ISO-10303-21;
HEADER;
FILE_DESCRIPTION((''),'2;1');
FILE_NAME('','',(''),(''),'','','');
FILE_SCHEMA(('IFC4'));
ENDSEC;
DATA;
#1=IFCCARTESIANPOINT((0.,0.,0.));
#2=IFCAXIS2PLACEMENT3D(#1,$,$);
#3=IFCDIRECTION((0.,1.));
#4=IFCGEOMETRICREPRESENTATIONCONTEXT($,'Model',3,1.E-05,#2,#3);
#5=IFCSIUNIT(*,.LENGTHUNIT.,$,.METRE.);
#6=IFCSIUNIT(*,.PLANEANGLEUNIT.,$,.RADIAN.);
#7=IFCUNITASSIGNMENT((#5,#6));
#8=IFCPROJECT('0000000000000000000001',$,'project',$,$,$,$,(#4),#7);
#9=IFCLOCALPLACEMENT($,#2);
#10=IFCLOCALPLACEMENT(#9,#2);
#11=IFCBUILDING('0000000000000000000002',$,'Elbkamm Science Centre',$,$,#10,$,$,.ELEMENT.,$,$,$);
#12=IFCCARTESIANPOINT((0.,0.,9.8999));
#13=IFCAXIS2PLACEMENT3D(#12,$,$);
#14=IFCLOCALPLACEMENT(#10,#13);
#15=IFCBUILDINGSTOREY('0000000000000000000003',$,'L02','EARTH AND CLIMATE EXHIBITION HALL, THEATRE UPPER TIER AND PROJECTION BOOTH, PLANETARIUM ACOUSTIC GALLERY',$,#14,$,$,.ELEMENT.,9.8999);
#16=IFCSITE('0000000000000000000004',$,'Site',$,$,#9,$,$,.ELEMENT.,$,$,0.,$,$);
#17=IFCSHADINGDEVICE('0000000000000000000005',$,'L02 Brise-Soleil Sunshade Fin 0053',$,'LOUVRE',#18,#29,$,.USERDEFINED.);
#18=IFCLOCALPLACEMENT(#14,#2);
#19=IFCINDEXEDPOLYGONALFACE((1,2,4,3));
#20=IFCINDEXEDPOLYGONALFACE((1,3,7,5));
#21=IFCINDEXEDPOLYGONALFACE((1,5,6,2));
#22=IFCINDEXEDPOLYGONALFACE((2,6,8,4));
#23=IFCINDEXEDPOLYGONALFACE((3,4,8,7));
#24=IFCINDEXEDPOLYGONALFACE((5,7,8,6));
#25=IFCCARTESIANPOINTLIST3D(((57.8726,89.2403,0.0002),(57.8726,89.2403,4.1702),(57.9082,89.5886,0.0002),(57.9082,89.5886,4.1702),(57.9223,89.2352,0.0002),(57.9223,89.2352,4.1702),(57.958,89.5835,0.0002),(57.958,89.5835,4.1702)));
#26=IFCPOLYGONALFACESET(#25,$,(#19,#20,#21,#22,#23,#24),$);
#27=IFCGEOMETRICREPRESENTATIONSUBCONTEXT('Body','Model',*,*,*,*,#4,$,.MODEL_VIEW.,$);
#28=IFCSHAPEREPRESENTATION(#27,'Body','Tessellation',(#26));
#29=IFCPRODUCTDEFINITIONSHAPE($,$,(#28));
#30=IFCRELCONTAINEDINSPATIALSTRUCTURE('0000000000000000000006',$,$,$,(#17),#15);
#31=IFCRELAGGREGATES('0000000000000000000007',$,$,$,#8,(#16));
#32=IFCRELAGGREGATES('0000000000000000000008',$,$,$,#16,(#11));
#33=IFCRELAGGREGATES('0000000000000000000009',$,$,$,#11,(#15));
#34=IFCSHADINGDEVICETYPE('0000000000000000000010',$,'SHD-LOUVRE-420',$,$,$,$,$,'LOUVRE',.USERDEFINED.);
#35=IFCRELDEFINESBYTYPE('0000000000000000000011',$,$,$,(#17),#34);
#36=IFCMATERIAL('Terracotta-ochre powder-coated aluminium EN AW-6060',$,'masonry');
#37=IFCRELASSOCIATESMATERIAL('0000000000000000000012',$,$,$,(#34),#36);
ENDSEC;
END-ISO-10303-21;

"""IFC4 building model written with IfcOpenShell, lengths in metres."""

from ifc_helpers import new_model, si_unit, direction, frame, origin, origin_2d, place, context, subcontext, project, spatial, rectangle, extrude, material, type_object, element, save


model = new_model("IFC4")

# Units and contexts
model_context = context("Model", 3, precision=1e-05, world=origin(), true_north=direction((0.0, 1.0)))
body_context = subcontext(model_context, "Body", "Model", "MODEL_VIEW")
ifc_project = project(units=[si_unit("LENGTHUNIT", "METRE"), si_unit("PLANEANGLEUNIT", "RADIAN")], contexts=[model_context])

# Site, building, storey
site_placement = place(None, origin())
site = spatial("IfcSite", under=ifc_project, at=site_placement, Name="Site", CompositionType="ELEMENT", RefElevation=0.0)
building_placement = place(site_placement, origin())
building = spatial("IfcBuilding", under=site, at=building_placement, Name="Elbkamm Science Centre", CompositionType="ELEMENT")
storey_placement = place(building_placement, frame((0.0, 0.0, 9.8999)))
storey = spatial("IfcBuildingStorey", under=building, at=storey_placement, Name="L02", Description="EARTH AND CLIMATE EXHIBITION HALL, THEATRE UPPER TIER AND PROJECTION BOOTH, PLANETARIUM ACOUSTIC GALLERY", CompositionType="ELEMENT", Elevation=9.8999)

# Shading device
ifc_material_1 = material(Name="Terracotta-ochre powder-coated aluminium EN AW-6060", Category="masonry")
shading_device_type = type_object("IfcShadingDeviceType", Name="SHD-LOUVRE-420", ElementType="LOUVRE", PredefinedType="USERDEFINED", material=ifc_material_1)
for number, where, z_axis, x_axis, name in (
    (1, (57.9153, 89.4119, 0.0002), (0.0, 0.0, 1.0), (0.101905, 0.994794, 0.0), "L02 Brise-Soleil Sunshade Fin 0053"),
):
    element("IfcShadingDevice", number, at=place(storey_placement, frame(where, z_axis=z_axis, x_axis=x_axis)), inside=storey, type_object=shading_device_type, Name=name, ObjectType="LOUVRE", PredefinedType="USERDEFINED", context=body_context, shape_type="SweptSolid", body=[
        extrude(rectangle(XDim=0.3501, YDim=0.05, at=origin_2d()), origin(), (0.0, 0.0, 1.0), 4.1699),
    ])

save(model, "model.ifc")
